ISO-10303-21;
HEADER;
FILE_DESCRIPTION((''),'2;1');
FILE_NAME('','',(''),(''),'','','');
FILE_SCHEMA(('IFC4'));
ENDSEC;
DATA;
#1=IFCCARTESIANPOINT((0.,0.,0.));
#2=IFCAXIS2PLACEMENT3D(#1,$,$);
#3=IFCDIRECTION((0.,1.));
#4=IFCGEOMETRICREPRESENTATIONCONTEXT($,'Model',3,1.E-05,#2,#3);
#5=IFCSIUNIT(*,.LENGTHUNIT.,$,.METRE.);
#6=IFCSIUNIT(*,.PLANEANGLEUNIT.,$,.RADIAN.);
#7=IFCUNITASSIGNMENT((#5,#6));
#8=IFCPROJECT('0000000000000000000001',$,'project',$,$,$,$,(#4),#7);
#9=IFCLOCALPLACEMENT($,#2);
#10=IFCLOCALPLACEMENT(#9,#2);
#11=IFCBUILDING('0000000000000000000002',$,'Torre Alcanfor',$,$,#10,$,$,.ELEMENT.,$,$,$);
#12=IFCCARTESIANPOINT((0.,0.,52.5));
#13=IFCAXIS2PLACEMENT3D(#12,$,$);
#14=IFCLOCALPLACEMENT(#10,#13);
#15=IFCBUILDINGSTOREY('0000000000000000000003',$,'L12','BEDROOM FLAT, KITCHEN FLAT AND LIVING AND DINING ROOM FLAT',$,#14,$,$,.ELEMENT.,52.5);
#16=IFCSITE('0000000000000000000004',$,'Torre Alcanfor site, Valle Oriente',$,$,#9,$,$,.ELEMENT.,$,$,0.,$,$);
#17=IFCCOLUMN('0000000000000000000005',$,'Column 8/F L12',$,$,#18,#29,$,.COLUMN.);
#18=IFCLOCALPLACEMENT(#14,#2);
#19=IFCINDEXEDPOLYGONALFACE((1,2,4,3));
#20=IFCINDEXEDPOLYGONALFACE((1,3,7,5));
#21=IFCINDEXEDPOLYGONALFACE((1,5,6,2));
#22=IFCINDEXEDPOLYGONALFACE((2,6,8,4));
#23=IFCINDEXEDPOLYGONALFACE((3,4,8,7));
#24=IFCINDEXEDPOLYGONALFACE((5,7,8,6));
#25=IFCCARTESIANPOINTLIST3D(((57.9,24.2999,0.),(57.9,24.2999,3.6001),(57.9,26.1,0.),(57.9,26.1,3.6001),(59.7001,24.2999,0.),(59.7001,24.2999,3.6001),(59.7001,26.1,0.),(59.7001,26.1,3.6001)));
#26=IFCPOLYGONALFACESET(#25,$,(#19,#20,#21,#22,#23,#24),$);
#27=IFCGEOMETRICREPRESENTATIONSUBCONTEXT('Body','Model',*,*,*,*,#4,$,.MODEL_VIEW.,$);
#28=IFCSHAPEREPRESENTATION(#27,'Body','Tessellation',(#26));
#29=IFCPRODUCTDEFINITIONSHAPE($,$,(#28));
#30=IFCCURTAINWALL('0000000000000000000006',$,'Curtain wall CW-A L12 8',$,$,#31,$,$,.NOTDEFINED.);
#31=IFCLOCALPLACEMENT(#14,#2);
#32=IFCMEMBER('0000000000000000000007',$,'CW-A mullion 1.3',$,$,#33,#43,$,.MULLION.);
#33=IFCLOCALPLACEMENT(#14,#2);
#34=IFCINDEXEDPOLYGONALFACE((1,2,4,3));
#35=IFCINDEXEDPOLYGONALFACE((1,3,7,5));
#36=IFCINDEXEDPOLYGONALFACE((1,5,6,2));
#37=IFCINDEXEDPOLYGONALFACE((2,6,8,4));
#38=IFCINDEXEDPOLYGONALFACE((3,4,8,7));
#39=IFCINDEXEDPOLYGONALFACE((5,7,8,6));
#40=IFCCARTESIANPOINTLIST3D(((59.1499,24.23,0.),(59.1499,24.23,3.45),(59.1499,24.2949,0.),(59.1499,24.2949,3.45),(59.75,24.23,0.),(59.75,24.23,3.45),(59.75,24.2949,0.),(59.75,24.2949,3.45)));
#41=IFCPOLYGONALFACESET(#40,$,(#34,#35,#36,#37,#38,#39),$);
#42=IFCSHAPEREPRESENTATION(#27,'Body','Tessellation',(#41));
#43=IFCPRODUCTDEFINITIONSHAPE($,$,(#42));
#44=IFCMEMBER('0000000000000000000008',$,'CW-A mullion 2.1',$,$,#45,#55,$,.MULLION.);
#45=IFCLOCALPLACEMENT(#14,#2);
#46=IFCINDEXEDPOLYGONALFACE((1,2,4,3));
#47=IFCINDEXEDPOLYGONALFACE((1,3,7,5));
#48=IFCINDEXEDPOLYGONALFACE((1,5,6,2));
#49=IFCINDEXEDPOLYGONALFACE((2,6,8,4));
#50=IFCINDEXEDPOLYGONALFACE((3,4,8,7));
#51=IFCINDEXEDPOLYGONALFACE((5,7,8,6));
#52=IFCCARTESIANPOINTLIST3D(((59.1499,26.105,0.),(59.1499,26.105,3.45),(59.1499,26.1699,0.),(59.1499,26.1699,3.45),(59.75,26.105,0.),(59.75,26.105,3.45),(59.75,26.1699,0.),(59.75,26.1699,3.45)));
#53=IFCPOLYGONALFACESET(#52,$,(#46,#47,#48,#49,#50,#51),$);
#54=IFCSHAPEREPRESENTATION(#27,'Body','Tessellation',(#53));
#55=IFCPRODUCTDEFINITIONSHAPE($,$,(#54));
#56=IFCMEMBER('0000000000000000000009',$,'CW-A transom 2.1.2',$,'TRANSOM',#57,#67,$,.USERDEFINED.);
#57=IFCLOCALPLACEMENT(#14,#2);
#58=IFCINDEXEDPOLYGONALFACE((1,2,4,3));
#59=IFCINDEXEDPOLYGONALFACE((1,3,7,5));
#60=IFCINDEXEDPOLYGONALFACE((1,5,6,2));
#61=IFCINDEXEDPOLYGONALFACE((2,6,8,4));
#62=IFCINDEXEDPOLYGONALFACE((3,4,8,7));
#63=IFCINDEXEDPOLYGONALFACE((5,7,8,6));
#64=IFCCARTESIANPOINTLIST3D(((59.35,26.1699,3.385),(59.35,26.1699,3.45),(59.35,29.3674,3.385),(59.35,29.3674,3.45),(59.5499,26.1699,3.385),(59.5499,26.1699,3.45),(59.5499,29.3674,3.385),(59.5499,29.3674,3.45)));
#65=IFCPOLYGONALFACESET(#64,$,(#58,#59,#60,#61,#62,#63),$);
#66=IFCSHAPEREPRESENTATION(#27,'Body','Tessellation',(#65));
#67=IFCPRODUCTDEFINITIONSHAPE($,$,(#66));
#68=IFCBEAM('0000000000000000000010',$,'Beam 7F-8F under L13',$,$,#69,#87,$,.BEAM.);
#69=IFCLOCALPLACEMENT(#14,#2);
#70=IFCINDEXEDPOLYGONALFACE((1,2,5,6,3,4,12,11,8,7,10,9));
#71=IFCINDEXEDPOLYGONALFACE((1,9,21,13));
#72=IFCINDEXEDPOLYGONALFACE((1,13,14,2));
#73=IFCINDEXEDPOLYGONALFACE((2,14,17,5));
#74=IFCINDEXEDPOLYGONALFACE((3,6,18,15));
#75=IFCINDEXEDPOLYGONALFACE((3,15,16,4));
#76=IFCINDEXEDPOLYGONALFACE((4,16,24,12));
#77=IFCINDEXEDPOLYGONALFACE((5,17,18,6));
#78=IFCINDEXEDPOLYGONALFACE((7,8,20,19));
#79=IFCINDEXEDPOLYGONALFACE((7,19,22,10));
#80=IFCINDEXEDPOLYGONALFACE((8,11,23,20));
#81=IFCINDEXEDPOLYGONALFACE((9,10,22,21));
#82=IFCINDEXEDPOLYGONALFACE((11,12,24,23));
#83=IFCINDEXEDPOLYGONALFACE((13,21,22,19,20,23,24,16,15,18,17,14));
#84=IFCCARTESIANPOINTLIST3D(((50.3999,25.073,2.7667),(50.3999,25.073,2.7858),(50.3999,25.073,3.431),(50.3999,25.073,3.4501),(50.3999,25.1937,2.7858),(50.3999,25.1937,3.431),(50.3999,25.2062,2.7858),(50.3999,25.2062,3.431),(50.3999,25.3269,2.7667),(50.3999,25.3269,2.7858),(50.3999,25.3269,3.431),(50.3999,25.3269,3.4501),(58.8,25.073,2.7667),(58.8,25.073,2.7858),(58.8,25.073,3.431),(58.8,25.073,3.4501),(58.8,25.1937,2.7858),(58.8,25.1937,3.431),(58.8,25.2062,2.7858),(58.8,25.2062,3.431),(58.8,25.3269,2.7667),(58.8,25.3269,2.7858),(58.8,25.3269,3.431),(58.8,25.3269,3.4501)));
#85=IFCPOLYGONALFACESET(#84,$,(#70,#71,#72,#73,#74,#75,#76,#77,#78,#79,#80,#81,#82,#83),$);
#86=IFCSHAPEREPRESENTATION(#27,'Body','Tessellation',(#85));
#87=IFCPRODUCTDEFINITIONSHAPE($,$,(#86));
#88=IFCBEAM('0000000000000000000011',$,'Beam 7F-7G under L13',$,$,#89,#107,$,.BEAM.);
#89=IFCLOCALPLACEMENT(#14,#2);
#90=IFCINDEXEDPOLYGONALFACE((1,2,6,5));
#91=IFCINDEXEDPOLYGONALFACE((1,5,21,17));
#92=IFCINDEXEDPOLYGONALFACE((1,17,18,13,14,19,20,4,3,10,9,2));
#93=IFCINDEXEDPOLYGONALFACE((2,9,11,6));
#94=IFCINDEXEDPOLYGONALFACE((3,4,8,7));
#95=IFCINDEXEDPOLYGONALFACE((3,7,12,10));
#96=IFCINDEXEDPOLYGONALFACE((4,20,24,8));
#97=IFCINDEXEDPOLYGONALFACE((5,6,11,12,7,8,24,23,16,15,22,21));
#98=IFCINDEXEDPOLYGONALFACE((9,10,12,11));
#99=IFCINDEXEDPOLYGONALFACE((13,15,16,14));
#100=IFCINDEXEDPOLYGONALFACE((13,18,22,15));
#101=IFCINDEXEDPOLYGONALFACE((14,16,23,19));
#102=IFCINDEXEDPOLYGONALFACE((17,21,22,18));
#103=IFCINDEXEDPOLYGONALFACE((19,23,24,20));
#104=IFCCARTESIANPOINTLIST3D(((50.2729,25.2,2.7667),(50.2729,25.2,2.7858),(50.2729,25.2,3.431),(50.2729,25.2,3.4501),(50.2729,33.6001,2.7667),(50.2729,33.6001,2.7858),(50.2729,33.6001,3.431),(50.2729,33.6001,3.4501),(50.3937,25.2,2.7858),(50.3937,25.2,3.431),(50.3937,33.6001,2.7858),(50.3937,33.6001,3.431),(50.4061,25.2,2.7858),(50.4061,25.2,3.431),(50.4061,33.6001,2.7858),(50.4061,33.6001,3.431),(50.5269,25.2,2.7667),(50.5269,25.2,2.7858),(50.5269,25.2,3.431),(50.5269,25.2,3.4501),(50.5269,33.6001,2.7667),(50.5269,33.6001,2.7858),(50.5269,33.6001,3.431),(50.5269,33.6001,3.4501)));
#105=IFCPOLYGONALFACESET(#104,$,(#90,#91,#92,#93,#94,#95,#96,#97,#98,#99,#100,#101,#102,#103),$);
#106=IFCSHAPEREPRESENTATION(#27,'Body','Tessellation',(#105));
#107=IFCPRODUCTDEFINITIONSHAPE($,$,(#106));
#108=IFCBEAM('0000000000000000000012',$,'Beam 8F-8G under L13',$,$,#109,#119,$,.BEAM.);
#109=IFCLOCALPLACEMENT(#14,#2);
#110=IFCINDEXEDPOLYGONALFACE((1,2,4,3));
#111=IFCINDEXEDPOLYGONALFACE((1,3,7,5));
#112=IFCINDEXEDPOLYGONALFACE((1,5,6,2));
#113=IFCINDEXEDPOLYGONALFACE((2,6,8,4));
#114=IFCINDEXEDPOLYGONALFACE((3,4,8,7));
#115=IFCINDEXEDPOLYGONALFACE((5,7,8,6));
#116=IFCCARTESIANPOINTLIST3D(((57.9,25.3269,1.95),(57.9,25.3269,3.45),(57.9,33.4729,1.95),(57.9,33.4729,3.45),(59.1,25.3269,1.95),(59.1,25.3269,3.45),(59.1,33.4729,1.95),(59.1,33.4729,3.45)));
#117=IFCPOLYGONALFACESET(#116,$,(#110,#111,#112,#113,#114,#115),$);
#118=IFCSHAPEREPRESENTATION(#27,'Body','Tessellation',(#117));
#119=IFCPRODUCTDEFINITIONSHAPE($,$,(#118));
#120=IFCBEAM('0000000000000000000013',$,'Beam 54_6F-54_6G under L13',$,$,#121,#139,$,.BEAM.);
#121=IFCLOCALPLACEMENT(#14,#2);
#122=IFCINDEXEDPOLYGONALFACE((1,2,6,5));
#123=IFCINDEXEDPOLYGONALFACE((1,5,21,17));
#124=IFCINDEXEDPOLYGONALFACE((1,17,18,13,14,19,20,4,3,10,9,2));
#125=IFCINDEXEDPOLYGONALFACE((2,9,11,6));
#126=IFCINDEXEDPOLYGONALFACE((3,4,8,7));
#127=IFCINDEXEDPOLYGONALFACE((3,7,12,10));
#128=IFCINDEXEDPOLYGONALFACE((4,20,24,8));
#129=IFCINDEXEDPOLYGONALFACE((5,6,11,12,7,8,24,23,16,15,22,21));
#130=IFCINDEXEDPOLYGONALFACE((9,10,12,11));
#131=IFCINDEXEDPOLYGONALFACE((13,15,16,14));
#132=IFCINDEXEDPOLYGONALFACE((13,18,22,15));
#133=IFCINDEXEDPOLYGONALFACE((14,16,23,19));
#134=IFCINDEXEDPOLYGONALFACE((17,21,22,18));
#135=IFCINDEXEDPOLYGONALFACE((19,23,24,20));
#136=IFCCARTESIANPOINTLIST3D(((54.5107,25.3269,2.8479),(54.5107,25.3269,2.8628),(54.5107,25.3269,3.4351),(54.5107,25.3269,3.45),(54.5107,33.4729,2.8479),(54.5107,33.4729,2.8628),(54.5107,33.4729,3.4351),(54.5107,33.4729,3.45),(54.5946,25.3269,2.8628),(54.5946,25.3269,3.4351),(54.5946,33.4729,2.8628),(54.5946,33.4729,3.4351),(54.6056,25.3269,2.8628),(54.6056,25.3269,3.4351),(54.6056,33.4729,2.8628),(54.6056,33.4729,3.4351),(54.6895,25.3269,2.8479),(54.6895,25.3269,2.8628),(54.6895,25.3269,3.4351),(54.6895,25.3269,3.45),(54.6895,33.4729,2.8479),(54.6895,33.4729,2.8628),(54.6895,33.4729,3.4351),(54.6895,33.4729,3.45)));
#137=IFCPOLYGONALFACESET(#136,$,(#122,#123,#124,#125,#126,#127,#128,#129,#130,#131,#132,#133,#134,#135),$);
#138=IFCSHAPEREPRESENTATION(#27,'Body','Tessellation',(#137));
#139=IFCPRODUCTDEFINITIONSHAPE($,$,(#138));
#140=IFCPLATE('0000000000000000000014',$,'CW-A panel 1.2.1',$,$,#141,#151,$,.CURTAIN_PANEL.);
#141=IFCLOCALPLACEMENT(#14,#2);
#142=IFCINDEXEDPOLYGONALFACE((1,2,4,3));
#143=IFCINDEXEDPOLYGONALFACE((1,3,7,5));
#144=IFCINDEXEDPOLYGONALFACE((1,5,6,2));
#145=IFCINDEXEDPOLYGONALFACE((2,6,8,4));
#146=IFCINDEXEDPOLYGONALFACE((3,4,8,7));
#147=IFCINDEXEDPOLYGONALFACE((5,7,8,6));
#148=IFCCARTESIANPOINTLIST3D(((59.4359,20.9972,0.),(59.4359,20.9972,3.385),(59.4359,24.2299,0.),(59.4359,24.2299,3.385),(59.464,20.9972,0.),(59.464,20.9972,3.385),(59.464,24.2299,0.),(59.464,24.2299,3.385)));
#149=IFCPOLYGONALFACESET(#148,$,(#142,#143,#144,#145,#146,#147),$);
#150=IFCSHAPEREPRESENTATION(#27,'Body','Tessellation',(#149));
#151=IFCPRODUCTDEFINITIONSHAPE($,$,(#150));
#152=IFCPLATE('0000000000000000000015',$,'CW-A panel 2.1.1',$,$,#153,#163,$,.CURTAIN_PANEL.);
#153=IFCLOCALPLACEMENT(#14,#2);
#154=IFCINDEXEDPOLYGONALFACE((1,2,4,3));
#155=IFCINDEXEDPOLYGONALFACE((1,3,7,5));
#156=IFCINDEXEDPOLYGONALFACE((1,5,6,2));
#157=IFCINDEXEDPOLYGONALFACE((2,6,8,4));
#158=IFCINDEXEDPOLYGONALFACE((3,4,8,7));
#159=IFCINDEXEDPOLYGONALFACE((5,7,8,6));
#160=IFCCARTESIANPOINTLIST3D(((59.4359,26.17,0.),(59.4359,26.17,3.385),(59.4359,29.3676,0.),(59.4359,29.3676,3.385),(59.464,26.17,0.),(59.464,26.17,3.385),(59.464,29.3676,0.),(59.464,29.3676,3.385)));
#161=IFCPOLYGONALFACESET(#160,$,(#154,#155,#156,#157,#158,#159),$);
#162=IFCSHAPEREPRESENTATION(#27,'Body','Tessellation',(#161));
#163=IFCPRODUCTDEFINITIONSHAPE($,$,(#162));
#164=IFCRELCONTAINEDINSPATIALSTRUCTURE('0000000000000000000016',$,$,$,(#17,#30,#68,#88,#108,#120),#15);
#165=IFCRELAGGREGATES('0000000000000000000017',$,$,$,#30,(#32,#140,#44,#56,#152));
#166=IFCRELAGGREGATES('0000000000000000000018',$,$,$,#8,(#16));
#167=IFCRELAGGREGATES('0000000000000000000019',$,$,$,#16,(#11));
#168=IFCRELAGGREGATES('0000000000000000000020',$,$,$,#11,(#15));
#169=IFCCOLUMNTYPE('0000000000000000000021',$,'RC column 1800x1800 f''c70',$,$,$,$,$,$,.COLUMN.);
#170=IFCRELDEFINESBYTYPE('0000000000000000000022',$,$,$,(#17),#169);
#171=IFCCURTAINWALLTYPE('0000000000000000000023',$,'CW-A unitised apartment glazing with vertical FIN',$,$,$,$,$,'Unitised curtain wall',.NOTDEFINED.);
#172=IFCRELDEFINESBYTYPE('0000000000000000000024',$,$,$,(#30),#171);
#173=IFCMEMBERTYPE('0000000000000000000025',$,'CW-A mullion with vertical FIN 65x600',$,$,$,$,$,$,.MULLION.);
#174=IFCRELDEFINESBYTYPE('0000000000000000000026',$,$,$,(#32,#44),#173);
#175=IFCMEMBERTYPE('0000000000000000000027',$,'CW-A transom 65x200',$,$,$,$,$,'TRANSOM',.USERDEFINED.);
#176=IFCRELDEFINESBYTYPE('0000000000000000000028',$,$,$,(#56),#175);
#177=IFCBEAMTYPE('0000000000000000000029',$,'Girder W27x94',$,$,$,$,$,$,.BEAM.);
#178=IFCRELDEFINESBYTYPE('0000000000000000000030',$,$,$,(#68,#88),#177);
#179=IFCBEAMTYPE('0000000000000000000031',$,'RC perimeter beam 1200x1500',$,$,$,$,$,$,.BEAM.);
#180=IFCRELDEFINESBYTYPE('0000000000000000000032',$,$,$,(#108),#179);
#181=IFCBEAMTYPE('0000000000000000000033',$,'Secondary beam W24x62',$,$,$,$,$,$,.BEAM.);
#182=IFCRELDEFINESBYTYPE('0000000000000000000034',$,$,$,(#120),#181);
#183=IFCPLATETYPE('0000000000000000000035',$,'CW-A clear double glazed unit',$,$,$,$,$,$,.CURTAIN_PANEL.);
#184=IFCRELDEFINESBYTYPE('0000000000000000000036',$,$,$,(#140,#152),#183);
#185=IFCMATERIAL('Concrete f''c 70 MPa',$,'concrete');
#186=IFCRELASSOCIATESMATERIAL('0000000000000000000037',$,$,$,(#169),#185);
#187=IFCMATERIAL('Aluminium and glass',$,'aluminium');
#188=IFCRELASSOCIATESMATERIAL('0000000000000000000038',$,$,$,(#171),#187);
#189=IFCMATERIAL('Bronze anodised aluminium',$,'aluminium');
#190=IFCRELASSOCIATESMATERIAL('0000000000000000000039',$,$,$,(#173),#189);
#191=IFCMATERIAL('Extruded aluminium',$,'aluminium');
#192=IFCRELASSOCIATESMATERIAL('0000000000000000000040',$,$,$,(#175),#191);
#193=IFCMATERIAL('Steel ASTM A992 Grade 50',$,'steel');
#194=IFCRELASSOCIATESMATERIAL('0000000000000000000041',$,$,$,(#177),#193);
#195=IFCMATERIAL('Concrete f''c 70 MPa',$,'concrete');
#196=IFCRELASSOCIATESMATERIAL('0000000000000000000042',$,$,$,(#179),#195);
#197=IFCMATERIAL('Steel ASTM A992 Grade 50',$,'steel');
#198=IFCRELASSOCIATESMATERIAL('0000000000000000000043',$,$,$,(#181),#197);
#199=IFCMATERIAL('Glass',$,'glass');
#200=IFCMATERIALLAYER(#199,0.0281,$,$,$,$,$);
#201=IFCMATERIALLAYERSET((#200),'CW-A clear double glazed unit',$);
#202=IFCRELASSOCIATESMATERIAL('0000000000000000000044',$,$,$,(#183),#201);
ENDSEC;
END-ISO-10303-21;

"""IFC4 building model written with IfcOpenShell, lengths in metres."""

from ifc_helpers import new_model, si_unit, direction, frame, origin, origin_2d, place, context, subcontext, project, spatial, rectangle, i_section, extrude, material, layer, layer_set, material_profile, profile_set, type_object, element, aggregate, save


model = new_model("IFC4")

# Units and contexts
model_context = context("Model", 3, precision=1e-05, world=origin(), true_north=direction((0.0, 1.0)))
body_context = subcontext(model_context, "Body", "Model", "MODEL_VIEW")
ifc_project = project(units=[si_unit("LENGTHUNIT", "METRE"), si_unit("PLANEANGLEUNIT", "RADIAN")], contexts=[model_context])

# Site, building, storey
site_placement = place(None, origin())
site = spatial("IfcSite", under=ifc_project, at=site_placement, Name="Torre Alcanfor site, Valle Oriente", CompositionType="ELEMENT", RefElevation=0.0)
building_placement = place(site_placement, origin())
building = spatial("IfcBuilding", under=site, at=building_placement, Name="Torre Alcanfor", CompositionType="ELEMENT")
storey_placement = place(building_placement, frame((0.0, 0.0, 52.5)))
storey = spatial("IfcBuildingStorey", under=building, at=storey_placement, Name="L12", Description="BEDROOM FLAT, KITCHEN FLAT AND LIVING AND DINING ROOM FLAT", CompositionType="ELEMENT", Elevation=52.5)

# Column
ifc_material_1 = material(Name="Concrete f'c 70 MPa", Category="concrete")
ifc_material_profile_1 = material_profile(ifc_material_1, rectangle(XDim=1.8, YDim=1.8, at=origin_2d()), Name="1800x1800")
ifc_profile_set_1 = profile_set([ifc_material_profile_1], Name="Concrete f'c 70 MPa")
column_type = type_object("IfcColumnType", Name="RC column 1800x1800 f'c70", PredefinedType="COLUMN", material=ifc_profile_set_1)
column_placement = place(storey_placement, frame((58.8, 25.2, 0.0), z_axis=(0.0, 0.0, 1.0), x_axis=(1.0, 0.0, 0.0)))
element("IfcColumn", 1, at=column_placement, inside=storey, type_object=column_type, Name="Column 8/F L12", PredefinedType="COLUMN", context=body_context, shape_type="SweptSolid", body=[
    extrude(rectangle(XDim=1.8, YDim=1.8, at=origin_2d()), origin(), (0.0, 0.0, 1.0), 3.6001),
])

# Curtain wall, members
ifc_material_2 = material(Name="Aluminium and glass", Category="aluminium")
curtain_wall_type = type_object("IfcCurtainWallType", Name="CW-A unitised apartment glazing with vertical FIN", ElementType="Unitised curtain wall", PredefinedType="NOTDEFINED", material=ifc_material_2)
curtain_wall_placement = place(storey_placement, origin())
curtain_wall = element("IfcCurtainWall", 2, at=curtain_wall_placement, inside=storey, type_object=curtain_wall_type, Name="Curtain wall CW-A L12 8", PredefinedType="NOTDEFINED")
ifc_material_3 = material(Name="Bronze anodised aluminium", Category="aluminium")
ifc_material_profile_2 = material_profile(ifc_material_3, rectangle(XDim=0.6001, YDim=0.0649, at=origin_2d()), Name="CW-A mullion 65x600")
ifc_profile_set_2 = profile_set([ifc_material_profile_2], Name="Bronze anodised aluminium")
member_type_1 = type_object("IfcMemberType", Name="CW-A mullion with vertical FIN 65x600", PredefinedType="MULLION", material=ifc_profile_set_2)
member_1_placement = place(storey_placement, frame((59.45, 24.2625, 0.0), z_axis=(0.0, 0.0, 1.0), x_axis=(-1.0, 0.0, 0.0)))
member_1 = element("IfcMember", 3, at=member_1_placement, type_object=member_type_1, Name="CW-A mullion 1.3", PredefinedType="MULLION", context=body_context, shape_type="SweptSolid", body=[
    extrude(rectangle(XDim=0.6001, YDim=0.0649, at=origin_2d()), origin(), (0.0, 0.0, 1.0), 3.45),
])
member_2_placement = place(storey_placement, frame((59.45, 26.1375, 0.0), z_axis=(0.0, 0.0, 1.0), x_axis=(-1.0, 0.0, 0.0)))
member_2 = element("IfcMember", 4, at=member_2_placement, type_object=member_type_1, Name="CW-A mullion 2.1", PredefinedType="MULLION", context=body_context, shape_type="SweptSolid", body=[
    extrude(rectangle(XDim=0.6001, YDim=0.0649, at=origin_2d()), origin(), (0.0, 0.0, 1.0), 3.45),
])
ifc_material_4 = material(Name="Extruded aluminium", Category="aluminium")
ifc_material_profile_3 = material_profile(ifc_material_4, rectangle(XDim=0.2, YDim=0.0649, at=origin_2d()), Name="CW-A transom 200x65")
ifc_profile_set_3 = profile_set([ifc_material_profile_3], Name="Extruded aluminium")
member_type_2 = type_object("IfcMemberType", Name="CW-A transom 65x200", ElementType="TRANSOM", PredefinedType="USERDEFINED", material=ifc_profile_set_3)
member_3_placement = place(storey_placement, frame((59.45, 26.1699, 3.4175), z_axis=(0.0, 1.0, 0.0), x_axis=(-1.0, 0.0, 0.0)))
member_3 = element("IfcMember", 5, at=member_3_placement, type_object=member_type_2, Name="CW-A transom 2.1.2", ObjectType="TRANSOM", PredefinedType="USERDEFINED", context=body_context, shape_type="SweptSolid", body=[
    extrude(rectangle(XDim=0.2, YDim=0.0649, at=origin_2d()), origin(), (0.0, 0.0, 1.0), 3.1975),
])

# Beams
ifc_material_5 = material(Name="Steel ASTM A992 Grade 50", Category="steel")
ifc_material_profile_4 = material_profile(ifc_material_5, i_section(OverallWidth=0.2539, OverallDepth=0.6833, WebThickness=0.0125, FlangeThickness=0.019, at=origin_2d()), Name="W27x94")
ifc_profile_set_4 = profile_set([ifc_material_profile_4], Name="Steel ASTM A992 Grade 50")
beam_type_1 = type_object("IfcBeamType", Name="Girder W27x94", PredefinedType="BEAM", material=ifc_profile_set_4)
for number, where, z_axis, x_axis, name in (
    (6, (50.3999, 25.2, 3.1084), (1.0, 0.0, 0.0), (0.0, 1.0, 0.0), "Beam 7F-8F under L13"),
    (7, (50.3999, 25.2, 3.1084), (0.0, 1.0, 0.0), (-1.0, 0.0, 0.0), "Beam 7F-7G under L13"),
):
    element("IfcBeam", number, at=place(storey_placement, frame(where, z_axis=z_axis, x_axis=x_axis)), inside=storey, type_object=beam_type_1, Name=name, PredefinedType="BEAM", context=body_context, shape_type="SweptSolid", body=[
        extrude(i_section(OverallWidth=0.2539, OverallDepth=0.6833, WebThickness=0.0125, FlangeThickness=0.019, at=origin_2d()), origin(), (0.0, 0.0, 1.0), 8.4001),
    ])
ifc_material_6 = material(Name="Concrete f'c 70 MPa", Category="concrete")
ifc_material_profile_5 = material_profile(ifc_material_6, rectangle(XDim=1.2, YDim=1.5, at=origin_2d()), Name="1200x1500")
ifc_profile_set_5 = profile_set([ifc_material_profile_5], Name="Concrete f'c 70 MPa")
beam_type_2 = type_object("IfcBeamType", Name="RC perimeter beam 1200x1500", PredefinedType="BEAM", material=ifc_profile_set_5)
beam_1_placement = place(storey_placement, frame((58.5, 25.3269, 2.7), z_axis=(0.0, 1.0, 0.0), x_axis=(-1.0, 0.0, 0.0)))
element("IfcBeam", 8, at=beam_1_placement, inside=storey, type_object=beam_type_2, Name="Beam 8F-8G under L13", PredefinedType="BEAM", context=body_context, shape_type="SweptSolid", body=[
    extrude(rectangle(XDim=1.2, YDim=1.5, at=origin_2d()), origin(), (0.0, 0.0, 1.0), 8.146),
])
ifc_material_7 = material(Name="Steel ASTM A992 Grade 50", Category="steel")
ifc_material_profile_6 = material_profile(ifc_material_7, i_section(OverallWidth=0.1787, OverallDepth=0.6021, WebThickness=0.011, FlangeThickness=0.0149, at=origin_2d()), Name="W24x62")
ifc_profile_set_6 = profile_set([ifc_material_profile_6], Name="Steel ASTM A992 Grade 50")
beam_type_3 = type_object("IfcBeamType", Name="Secondary beam W24x62", PredefinedType="BEAM", material=ifc_profile_set_6)
beam_2_placement = place(storey_placement, frame((54.6001, 25.3269, 3.1489), z_axis=(0.0, 1.0, 0.0), x_axis=(-1.0, 0.0, 0.0)))
element("IfcBeam", 9, at=beam_2_placement, inside=storey, type_object=beam_type_3, Name="Beam 54_6F-54_6G under L13", PredefinedType="BEAM", context=body_context, shape_type="SweptSolid", body=[
    extrude(i_section(OverallWidth=0.1787, OverallDepth=0.6021, WebThickness=0.011, FlangeThickness=0.0149, at=origin_2d()), origin(), (0.0, 0.0, 1.0), 8.146),
])

# Plates
ifc_material_8 = material(Name="Glass", Category="glass")
ifc_layer_1 = layer(ifc_material_8, 0.0281)
ifc_layer_set_1 = layer_set([ifc_layer_1], Name="CW-A clear double glazed unit")
plate_type = type_object("IfcPlateType", Name="CW-A clear double glazed unit", PredefinedType="CURTAIN_PANEL", material=ifc_layer_set_1)
plate_1_placement = place(storey_placement, frame((59.45, 22.6135, 0.0), z_axis=(0.0, 0.0, 1.0), x_axis=(0.0, 1.0, 0.0)))
plate_1 = element("IfcPlate", 10, at=plate_1_placement, type_object=plate_type, Name="CW-A panel 1.2.1", PredefinedType="CURTAIN_PANEL", context=body_context, shape_type="SweptSolid", body=[
    extrude(rectangle(XDim=3.2327, YDim=0.0281, at=origin_2d()), origin(), (0.0, 0.0, 1.0), 3.385),
])
plate_2_placement = place(storey_placement, frame((59.45, 27.7688, 0.0), z_axis=(0.0, 0.0, 1.0), x_axis=(0.0, 1.0, 0.0)))
plate_2 = element("IfcPlate", 11, at=plate_2_placement, type_object=plate_type, Name="CW-A panel 2.1.1", PredefinedType="CURTAIN_PANEL", context=body_context, shape_type="SweptSolid", body=[
    extrude(rectangle(XDim=3.1975, YDim=0.0281, at=origin_2d()), origin(), (0.0, 0.0, 1.0), 3.385),
])
aggregate(curtain_wall, [member_1, plate_1, member_2, member_3, plate_2])

save(model, "model.ifc")
